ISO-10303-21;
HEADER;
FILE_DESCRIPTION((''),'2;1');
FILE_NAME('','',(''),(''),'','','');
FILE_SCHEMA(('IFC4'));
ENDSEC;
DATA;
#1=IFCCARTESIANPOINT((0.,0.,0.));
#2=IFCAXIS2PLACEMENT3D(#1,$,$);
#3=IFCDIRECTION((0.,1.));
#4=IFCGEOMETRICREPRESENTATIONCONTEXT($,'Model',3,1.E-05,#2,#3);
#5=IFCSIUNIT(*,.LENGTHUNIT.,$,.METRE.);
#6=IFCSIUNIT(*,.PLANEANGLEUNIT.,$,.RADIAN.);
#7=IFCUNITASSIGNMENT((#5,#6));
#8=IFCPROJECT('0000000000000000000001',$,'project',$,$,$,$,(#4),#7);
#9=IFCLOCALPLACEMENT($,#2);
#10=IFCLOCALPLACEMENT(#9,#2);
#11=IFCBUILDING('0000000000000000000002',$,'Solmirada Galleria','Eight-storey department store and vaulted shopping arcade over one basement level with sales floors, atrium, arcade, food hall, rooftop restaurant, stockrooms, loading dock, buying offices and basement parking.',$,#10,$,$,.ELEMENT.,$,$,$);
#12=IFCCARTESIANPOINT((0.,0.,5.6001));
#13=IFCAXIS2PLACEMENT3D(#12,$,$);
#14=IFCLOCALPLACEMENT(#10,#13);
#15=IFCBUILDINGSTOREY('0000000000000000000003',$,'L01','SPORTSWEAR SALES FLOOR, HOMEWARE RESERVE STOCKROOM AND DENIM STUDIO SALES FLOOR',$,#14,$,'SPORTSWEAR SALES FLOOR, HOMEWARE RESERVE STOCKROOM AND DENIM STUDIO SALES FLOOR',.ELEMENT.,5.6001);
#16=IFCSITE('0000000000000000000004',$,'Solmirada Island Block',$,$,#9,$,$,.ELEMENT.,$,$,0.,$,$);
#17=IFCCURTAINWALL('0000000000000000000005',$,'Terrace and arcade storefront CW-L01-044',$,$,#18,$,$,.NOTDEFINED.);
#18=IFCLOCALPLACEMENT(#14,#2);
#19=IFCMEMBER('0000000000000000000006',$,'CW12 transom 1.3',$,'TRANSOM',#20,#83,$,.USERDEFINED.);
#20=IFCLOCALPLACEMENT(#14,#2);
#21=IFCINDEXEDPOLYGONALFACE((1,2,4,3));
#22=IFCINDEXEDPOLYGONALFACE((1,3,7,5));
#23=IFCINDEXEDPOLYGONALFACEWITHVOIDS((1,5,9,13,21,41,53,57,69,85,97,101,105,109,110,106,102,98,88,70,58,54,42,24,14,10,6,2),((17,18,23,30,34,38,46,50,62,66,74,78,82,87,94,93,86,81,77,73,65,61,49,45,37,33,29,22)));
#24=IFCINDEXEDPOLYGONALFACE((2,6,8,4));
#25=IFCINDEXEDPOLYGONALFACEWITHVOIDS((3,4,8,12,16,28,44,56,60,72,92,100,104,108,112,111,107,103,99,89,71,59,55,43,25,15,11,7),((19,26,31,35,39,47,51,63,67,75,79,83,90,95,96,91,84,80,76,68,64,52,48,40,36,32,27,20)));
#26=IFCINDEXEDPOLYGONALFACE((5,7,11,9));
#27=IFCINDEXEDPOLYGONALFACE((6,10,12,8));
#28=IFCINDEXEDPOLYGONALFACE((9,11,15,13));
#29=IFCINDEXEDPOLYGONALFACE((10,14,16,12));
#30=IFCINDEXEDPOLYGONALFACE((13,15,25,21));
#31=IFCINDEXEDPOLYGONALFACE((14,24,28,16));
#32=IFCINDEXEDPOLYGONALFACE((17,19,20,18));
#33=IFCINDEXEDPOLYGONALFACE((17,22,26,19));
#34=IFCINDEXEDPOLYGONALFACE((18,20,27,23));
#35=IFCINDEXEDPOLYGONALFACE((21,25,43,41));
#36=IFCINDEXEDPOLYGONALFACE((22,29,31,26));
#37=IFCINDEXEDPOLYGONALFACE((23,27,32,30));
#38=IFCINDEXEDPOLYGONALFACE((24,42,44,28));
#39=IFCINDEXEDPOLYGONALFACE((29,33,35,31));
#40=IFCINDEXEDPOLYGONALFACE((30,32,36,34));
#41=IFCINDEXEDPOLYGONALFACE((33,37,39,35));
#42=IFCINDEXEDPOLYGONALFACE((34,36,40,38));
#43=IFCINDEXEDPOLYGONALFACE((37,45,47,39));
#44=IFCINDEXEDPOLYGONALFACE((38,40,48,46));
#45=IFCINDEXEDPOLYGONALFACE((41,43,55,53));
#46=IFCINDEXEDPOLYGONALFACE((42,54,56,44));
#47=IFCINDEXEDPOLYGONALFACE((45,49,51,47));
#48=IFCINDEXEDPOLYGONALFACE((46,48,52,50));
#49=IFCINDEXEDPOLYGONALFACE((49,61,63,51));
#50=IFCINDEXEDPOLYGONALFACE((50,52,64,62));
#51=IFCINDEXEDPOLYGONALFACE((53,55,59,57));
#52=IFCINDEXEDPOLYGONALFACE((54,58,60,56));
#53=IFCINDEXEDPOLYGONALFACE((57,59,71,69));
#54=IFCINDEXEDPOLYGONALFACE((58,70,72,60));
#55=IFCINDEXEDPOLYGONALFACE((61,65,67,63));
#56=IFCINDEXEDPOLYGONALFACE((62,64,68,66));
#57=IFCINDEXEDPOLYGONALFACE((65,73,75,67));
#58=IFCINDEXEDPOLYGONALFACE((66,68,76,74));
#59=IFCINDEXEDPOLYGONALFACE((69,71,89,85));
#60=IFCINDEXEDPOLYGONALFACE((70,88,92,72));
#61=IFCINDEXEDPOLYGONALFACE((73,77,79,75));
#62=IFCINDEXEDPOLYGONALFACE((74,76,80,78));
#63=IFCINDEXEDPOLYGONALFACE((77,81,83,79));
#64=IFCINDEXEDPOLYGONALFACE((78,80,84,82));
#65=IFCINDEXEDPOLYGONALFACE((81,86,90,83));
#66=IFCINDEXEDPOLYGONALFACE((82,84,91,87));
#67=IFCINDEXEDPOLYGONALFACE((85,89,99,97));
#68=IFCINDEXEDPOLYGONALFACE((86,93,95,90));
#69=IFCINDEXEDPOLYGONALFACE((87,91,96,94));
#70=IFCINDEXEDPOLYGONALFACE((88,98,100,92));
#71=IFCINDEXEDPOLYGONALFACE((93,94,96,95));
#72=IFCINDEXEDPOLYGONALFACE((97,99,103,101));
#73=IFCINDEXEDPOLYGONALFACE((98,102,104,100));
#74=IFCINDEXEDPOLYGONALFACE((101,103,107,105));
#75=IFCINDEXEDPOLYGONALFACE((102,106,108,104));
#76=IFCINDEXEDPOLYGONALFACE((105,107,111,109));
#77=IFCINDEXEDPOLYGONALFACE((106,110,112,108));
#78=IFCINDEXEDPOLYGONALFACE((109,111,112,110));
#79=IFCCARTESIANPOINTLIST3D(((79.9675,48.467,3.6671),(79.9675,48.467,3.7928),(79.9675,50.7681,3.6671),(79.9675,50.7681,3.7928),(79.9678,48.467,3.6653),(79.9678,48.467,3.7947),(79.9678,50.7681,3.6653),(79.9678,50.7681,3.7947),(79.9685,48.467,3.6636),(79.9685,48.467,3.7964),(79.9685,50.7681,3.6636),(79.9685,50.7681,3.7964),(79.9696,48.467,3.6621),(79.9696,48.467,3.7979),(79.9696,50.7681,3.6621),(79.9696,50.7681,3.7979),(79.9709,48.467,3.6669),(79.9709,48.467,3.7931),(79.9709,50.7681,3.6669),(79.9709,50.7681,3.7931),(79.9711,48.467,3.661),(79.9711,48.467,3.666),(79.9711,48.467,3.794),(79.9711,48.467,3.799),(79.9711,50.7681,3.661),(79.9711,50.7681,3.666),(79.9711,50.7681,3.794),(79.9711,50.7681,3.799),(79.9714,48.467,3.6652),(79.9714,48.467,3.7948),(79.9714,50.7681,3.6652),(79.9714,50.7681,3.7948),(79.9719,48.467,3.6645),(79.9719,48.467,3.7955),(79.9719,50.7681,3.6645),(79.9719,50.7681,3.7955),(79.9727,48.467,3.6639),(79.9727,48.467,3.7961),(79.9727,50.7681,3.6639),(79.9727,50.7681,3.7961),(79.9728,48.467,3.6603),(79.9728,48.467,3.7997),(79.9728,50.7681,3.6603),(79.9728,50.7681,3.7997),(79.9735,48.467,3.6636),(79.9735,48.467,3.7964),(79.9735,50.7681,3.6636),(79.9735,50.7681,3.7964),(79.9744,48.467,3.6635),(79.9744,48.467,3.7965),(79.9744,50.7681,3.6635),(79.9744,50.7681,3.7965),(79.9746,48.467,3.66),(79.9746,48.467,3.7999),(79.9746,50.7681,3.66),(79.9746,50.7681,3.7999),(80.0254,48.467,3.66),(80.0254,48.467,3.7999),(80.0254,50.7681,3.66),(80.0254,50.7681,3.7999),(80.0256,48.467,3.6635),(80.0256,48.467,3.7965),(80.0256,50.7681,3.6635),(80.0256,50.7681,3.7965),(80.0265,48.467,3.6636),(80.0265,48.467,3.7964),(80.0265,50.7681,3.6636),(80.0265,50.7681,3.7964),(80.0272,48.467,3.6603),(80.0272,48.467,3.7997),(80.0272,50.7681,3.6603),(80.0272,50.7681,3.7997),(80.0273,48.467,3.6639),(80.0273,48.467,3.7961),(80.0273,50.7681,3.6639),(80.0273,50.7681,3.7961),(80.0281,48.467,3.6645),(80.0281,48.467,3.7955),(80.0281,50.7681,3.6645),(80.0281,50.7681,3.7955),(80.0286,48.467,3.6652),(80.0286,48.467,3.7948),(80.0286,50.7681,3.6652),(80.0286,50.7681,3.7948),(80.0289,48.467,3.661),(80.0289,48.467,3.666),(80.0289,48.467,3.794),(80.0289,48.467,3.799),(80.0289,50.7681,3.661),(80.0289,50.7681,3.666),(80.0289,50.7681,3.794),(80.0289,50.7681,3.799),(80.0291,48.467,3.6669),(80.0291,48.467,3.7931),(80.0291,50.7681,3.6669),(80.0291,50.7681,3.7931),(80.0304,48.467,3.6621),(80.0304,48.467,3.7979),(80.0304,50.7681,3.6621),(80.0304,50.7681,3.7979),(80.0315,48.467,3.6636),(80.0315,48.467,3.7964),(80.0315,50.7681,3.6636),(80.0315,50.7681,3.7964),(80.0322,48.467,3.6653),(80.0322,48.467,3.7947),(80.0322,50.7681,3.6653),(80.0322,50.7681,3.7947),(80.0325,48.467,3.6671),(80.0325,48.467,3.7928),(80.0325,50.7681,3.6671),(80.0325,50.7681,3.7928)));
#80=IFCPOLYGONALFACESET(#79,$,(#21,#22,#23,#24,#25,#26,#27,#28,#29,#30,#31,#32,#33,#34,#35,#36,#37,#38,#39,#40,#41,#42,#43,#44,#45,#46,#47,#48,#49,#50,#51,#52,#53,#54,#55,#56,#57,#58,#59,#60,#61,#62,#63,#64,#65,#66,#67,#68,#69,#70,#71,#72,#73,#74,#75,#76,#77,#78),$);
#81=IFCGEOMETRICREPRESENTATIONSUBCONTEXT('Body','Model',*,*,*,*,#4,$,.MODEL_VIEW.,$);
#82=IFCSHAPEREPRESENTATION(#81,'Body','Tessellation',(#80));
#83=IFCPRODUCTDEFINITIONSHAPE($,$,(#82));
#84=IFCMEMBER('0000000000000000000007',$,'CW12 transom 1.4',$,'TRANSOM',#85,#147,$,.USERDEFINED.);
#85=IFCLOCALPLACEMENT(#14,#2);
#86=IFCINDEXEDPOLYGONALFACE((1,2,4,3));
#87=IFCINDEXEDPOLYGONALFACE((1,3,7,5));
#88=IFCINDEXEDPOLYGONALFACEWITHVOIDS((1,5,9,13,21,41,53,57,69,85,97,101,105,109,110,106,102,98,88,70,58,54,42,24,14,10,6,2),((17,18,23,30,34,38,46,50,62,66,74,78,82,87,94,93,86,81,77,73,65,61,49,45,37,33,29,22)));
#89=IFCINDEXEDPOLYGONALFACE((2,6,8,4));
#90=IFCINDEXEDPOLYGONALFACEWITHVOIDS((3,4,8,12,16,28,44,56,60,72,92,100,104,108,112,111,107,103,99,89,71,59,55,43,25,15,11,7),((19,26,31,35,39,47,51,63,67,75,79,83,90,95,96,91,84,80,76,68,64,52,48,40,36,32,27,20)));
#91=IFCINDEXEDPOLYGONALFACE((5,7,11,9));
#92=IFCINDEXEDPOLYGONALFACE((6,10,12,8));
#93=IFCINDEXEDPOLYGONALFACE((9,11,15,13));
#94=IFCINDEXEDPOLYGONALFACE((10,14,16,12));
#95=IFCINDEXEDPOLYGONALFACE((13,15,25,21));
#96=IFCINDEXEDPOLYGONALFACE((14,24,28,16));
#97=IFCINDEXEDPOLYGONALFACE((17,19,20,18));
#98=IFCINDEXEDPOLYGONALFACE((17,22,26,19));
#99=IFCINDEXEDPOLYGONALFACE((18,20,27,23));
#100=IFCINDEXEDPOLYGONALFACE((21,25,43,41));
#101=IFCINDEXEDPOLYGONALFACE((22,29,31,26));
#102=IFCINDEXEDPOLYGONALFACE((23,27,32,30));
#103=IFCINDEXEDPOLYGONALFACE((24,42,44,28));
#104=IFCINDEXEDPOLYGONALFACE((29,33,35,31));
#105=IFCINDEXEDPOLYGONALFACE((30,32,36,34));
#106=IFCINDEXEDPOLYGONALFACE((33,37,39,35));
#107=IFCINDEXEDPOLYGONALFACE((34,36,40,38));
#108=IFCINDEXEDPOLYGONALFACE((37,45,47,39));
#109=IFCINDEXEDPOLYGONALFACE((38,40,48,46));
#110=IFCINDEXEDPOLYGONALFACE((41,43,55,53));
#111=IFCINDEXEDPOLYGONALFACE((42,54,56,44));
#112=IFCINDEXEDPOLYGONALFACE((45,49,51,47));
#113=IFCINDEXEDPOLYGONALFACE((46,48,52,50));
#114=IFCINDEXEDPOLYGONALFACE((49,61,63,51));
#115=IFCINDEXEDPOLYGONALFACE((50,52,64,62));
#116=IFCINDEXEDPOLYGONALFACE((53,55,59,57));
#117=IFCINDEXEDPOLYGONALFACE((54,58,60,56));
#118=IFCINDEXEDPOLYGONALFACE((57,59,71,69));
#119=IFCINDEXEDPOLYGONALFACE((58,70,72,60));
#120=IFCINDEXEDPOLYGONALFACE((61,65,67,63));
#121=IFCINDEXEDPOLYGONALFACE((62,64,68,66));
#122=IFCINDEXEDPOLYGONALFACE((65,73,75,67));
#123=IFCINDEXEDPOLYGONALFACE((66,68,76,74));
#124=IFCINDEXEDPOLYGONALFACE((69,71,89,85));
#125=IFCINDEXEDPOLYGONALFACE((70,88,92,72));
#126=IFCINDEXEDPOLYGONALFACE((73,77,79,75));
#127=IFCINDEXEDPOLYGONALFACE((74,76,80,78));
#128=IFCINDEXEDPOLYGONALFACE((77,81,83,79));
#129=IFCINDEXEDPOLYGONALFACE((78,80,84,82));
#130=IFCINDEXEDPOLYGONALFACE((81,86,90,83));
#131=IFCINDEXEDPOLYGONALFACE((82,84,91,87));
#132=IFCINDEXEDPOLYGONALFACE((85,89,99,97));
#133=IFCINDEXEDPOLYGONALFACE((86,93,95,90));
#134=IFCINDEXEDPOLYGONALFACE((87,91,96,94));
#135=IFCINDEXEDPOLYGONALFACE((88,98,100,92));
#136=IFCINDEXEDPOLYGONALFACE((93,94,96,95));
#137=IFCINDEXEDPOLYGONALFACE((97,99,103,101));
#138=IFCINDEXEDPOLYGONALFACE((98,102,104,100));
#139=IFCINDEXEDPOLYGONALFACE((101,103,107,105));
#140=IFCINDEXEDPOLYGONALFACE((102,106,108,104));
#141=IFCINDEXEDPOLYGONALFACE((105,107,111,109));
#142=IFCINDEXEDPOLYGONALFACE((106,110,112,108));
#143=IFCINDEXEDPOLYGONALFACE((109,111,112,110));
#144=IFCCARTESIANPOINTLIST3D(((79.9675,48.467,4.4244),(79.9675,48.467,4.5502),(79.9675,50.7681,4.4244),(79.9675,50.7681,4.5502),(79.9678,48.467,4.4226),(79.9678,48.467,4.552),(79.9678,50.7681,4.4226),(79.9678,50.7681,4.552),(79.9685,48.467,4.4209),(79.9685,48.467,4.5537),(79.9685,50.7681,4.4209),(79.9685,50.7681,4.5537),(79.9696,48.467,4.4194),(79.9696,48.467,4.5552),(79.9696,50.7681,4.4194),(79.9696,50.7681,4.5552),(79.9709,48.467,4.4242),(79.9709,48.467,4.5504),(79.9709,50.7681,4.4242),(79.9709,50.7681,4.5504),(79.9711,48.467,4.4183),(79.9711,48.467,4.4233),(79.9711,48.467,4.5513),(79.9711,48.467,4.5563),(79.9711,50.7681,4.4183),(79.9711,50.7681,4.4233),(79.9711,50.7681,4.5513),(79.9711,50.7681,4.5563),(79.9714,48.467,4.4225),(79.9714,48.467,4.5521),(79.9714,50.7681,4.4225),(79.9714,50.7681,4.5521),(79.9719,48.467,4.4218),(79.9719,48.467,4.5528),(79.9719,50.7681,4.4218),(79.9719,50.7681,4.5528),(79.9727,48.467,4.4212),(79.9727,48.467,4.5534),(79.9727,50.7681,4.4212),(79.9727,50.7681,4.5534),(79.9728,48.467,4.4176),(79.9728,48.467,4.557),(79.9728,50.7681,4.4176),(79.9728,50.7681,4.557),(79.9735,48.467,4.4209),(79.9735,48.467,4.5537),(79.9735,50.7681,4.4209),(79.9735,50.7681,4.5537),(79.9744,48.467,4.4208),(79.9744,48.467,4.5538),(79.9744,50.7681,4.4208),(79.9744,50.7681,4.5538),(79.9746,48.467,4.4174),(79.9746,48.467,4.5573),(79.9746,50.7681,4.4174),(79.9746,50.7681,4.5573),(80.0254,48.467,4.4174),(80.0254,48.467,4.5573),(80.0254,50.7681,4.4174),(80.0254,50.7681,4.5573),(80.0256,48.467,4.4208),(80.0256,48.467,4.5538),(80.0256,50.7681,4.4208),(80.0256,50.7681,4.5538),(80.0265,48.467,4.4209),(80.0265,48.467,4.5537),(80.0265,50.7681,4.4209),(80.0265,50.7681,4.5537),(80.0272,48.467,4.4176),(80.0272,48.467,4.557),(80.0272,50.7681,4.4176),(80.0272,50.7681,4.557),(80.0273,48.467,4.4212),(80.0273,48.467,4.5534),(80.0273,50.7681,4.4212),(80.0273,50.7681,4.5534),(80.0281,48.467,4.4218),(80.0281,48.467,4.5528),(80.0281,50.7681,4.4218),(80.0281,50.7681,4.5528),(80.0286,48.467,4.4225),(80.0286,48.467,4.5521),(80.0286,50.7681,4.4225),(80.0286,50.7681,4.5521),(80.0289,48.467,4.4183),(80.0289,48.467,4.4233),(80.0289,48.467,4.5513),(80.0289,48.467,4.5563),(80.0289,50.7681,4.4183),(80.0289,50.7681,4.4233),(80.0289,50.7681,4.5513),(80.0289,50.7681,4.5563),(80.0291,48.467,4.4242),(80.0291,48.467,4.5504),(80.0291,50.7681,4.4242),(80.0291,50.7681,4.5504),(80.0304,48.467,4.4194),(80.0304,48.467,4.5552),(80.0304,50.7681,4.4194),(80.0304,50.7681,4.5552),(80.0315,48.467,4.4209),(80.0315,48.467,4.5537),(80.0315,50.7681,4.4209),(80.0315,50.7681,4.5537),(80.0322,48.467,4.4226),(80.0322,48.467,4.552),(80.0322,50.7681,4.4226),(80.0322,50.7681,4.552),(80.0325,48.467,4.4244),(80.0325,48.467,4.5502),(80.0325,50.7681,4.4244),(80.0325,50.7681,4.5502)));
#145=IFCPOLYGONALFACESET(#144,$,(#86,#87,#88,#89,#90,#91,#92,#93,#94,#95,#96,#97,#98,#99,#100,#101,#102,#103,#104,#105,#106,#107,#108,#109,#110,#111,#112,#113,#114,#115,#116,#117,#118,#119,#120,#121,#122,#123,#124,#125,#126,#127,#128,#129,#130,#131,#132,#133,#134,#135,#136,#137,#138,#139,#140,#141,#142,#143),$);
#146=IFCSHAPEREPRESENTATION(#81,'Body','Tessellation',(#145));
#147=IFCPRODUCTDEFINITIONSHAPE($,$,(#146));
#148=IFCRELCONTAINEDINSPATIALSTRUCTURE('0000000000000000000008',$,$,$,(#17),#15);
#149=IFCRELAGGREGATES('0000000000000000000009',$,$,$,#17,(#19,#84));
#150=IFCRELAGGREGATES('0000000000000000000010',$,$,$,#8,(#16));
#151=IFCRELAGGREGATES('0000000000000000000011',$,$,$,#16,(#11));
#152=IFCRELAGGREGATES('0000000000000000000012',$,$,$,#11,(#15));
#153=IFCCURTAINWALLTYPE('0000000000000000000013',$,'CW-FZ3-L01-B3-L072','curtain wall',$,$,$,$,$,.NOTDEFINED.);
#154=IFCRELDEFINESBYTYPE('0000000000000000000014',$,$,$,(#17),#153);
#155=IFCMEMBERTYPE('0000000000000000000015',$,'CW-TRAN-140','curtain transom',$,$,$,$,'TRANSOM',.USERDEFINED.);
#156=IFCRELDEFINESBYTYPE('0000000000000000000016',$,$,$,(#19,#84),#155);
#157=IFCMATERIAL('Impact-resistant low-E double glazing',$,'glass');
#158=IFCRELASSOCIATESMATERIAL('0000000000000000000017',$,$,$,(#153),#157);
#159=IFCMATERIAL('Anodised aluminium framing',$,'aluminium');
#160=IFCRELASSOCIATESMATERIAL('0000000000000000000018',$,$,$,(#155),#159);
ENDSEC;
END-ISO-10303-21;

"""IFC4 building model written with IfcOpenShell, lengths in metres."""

from ifc_helpers import new_model, si_unit, direction, frame, origin, origin_2d, place, context, subcontext, project, spatial, hollow_rectangle, extrude, material, material_profile, profile_set, type_object, element, aggregate, save


model = new_model("IFC4")

# Units and contexts
model_context = context("Model", 3, precision=1e-05, world=origin(), true_north=direction((0.0, 1.0)))
body_context = subcontext(model_context, "Body", "Model", "MODEL_VIEW")
ifc_project = project(units=[si_unit("LENGTHUNIT", "METRE"), si_unit("PLANEANGLEUNIT", "RADIAN")], contexts=[model_context])

# Site, building, storey
site_placement = place(None, origin())
site = spatial("IfcSite", under=ifc_project, at=site_placement, Name="Solmirada Island Block", CompositionType="ELEMENT", RefElevation=0.0)
building_placement = place(site_placement, origin())
building = spatial("IfcBuilding", under=site, at=building_placement, Name="Solmirada Galleria", Description="Eight-storey department store and vaulted shopping arcade over one basement level with sales floors, atrium, arcade, food hall, rooftop restaurant, stockrooms, loading dock, buying offices and basement parking.", CompositionType="ELEMENT")
storey_placement = place(building_placement, frame((0.0, 0.0, 5.6001)))
storey = spatial("IfcBuildingStorey", under=building, at=storey_placement, Name="L01", Description="SPORTSWEAR SALES FLOOR, HOMEWARE RESERVE STOCKROOM AND DENIM STUDIO SALES FLOOR", LongName="SPORTSWEAR SALES FLOOR, HOMEWARE RESERVE STOCKROOM AND DENIM STUDIO SALES FLOOR", CompositionType="ELEMENT", Elevation=5.6001)

# Curtain wall, members
ifc_material_1 = material(Name="Impact-resistant low-E double glazing", Category="glass")
curtain_wall_type = type_object("IfcCurtainWallType", Name="CW-FZ3-L01-B3-L072", Description="curtain wall", PredefinedType="NOTDEFINED", material=ifc_material_1)
curtain_wall_placement = place(storey_placement, origin())
curtain_wall = element("IfcCurtainWall", 1, at=curtain_wall_placement, inside=storey, type_object=curtain_wall_type, Name="Terrace and arcade storefront CW-L01-044", PredefinedType="NOTDEFINED")
ifc_material_2 = material(Name="Anodised aluminium framing", Category="aluminium")
ifc_material_profile_1 = material_profile(ifc_material_2, hollow_rectangle(XDim=0.0649, YDim=0.1399, WallThickness=0.0034, InnerFilletRadius=0.0034, OuterFilletRadius=0.0071, at=origin_2d()), Name="ALU-TRAN-140X65")
ifc_profile_set_1 = profile_set([ifc_material_profile_1], Name="Anodised aluminium framing")
member_type_1 = type_object("IfcMemberType", Name="CW-TRAN-140", Description="curtain transom", ElementType="TRANSOM", PredefinedType="USERDEFINED", material=ifc_profile_set_1)
member_1_placement = place(storey_placement, frame((80.0, 48.467, 3.73), z_axis=(0.0, 1.0, 0.0), x_axis=(-1.0, 0.0, 0.0)))
member_1 = element("IfcMember", 2, at=member_1_placement, type_object=member_type_1, Name="CW12 transom 1.3", ObjectType="TRANSOM", PredefinedType="USERDEFINED", context=body_context, shape_type="SweptSolid", body=[
    extrude(hollow_rectangle(XDim=0.0649, YDim=0.1399, WallThickness=0.0034, InnerFilletRadius=0.0034, OuterFilletRadius=0.0071, at=origin_2d()), origin(), (0.0, 0.0, 1.0), 2.301),
])
member_2_placement = place(storey_placement, frame((80.0, 48.467, 4.4873), z_axis=(0.0, 1.0, 0.0), x_axis=(-1.0, 0.0, 0.0)))
member_2 = element("IfcMember", 3, at=member_2_placement, type_object=member_type_1, Name="CW12 transom 1.4", ObjectType="TRANSOM", PredefinedType="USERDEFINED", context=body_context, shape_type="SweptSolid", body=[
    extrude(hollow_rectangle(XDim=0.0649, YDim=0.1399, WallThickness=0.0034, InnerFilletRadius=0.0034, OuterFilletRadius=0.0071, at=origin_2d()), origin(), (0.0, 0.0, 1.0), 2.301),
])
aggregate(curtain_wall, [member_1, member_2])

save(model, "model.ifc")
